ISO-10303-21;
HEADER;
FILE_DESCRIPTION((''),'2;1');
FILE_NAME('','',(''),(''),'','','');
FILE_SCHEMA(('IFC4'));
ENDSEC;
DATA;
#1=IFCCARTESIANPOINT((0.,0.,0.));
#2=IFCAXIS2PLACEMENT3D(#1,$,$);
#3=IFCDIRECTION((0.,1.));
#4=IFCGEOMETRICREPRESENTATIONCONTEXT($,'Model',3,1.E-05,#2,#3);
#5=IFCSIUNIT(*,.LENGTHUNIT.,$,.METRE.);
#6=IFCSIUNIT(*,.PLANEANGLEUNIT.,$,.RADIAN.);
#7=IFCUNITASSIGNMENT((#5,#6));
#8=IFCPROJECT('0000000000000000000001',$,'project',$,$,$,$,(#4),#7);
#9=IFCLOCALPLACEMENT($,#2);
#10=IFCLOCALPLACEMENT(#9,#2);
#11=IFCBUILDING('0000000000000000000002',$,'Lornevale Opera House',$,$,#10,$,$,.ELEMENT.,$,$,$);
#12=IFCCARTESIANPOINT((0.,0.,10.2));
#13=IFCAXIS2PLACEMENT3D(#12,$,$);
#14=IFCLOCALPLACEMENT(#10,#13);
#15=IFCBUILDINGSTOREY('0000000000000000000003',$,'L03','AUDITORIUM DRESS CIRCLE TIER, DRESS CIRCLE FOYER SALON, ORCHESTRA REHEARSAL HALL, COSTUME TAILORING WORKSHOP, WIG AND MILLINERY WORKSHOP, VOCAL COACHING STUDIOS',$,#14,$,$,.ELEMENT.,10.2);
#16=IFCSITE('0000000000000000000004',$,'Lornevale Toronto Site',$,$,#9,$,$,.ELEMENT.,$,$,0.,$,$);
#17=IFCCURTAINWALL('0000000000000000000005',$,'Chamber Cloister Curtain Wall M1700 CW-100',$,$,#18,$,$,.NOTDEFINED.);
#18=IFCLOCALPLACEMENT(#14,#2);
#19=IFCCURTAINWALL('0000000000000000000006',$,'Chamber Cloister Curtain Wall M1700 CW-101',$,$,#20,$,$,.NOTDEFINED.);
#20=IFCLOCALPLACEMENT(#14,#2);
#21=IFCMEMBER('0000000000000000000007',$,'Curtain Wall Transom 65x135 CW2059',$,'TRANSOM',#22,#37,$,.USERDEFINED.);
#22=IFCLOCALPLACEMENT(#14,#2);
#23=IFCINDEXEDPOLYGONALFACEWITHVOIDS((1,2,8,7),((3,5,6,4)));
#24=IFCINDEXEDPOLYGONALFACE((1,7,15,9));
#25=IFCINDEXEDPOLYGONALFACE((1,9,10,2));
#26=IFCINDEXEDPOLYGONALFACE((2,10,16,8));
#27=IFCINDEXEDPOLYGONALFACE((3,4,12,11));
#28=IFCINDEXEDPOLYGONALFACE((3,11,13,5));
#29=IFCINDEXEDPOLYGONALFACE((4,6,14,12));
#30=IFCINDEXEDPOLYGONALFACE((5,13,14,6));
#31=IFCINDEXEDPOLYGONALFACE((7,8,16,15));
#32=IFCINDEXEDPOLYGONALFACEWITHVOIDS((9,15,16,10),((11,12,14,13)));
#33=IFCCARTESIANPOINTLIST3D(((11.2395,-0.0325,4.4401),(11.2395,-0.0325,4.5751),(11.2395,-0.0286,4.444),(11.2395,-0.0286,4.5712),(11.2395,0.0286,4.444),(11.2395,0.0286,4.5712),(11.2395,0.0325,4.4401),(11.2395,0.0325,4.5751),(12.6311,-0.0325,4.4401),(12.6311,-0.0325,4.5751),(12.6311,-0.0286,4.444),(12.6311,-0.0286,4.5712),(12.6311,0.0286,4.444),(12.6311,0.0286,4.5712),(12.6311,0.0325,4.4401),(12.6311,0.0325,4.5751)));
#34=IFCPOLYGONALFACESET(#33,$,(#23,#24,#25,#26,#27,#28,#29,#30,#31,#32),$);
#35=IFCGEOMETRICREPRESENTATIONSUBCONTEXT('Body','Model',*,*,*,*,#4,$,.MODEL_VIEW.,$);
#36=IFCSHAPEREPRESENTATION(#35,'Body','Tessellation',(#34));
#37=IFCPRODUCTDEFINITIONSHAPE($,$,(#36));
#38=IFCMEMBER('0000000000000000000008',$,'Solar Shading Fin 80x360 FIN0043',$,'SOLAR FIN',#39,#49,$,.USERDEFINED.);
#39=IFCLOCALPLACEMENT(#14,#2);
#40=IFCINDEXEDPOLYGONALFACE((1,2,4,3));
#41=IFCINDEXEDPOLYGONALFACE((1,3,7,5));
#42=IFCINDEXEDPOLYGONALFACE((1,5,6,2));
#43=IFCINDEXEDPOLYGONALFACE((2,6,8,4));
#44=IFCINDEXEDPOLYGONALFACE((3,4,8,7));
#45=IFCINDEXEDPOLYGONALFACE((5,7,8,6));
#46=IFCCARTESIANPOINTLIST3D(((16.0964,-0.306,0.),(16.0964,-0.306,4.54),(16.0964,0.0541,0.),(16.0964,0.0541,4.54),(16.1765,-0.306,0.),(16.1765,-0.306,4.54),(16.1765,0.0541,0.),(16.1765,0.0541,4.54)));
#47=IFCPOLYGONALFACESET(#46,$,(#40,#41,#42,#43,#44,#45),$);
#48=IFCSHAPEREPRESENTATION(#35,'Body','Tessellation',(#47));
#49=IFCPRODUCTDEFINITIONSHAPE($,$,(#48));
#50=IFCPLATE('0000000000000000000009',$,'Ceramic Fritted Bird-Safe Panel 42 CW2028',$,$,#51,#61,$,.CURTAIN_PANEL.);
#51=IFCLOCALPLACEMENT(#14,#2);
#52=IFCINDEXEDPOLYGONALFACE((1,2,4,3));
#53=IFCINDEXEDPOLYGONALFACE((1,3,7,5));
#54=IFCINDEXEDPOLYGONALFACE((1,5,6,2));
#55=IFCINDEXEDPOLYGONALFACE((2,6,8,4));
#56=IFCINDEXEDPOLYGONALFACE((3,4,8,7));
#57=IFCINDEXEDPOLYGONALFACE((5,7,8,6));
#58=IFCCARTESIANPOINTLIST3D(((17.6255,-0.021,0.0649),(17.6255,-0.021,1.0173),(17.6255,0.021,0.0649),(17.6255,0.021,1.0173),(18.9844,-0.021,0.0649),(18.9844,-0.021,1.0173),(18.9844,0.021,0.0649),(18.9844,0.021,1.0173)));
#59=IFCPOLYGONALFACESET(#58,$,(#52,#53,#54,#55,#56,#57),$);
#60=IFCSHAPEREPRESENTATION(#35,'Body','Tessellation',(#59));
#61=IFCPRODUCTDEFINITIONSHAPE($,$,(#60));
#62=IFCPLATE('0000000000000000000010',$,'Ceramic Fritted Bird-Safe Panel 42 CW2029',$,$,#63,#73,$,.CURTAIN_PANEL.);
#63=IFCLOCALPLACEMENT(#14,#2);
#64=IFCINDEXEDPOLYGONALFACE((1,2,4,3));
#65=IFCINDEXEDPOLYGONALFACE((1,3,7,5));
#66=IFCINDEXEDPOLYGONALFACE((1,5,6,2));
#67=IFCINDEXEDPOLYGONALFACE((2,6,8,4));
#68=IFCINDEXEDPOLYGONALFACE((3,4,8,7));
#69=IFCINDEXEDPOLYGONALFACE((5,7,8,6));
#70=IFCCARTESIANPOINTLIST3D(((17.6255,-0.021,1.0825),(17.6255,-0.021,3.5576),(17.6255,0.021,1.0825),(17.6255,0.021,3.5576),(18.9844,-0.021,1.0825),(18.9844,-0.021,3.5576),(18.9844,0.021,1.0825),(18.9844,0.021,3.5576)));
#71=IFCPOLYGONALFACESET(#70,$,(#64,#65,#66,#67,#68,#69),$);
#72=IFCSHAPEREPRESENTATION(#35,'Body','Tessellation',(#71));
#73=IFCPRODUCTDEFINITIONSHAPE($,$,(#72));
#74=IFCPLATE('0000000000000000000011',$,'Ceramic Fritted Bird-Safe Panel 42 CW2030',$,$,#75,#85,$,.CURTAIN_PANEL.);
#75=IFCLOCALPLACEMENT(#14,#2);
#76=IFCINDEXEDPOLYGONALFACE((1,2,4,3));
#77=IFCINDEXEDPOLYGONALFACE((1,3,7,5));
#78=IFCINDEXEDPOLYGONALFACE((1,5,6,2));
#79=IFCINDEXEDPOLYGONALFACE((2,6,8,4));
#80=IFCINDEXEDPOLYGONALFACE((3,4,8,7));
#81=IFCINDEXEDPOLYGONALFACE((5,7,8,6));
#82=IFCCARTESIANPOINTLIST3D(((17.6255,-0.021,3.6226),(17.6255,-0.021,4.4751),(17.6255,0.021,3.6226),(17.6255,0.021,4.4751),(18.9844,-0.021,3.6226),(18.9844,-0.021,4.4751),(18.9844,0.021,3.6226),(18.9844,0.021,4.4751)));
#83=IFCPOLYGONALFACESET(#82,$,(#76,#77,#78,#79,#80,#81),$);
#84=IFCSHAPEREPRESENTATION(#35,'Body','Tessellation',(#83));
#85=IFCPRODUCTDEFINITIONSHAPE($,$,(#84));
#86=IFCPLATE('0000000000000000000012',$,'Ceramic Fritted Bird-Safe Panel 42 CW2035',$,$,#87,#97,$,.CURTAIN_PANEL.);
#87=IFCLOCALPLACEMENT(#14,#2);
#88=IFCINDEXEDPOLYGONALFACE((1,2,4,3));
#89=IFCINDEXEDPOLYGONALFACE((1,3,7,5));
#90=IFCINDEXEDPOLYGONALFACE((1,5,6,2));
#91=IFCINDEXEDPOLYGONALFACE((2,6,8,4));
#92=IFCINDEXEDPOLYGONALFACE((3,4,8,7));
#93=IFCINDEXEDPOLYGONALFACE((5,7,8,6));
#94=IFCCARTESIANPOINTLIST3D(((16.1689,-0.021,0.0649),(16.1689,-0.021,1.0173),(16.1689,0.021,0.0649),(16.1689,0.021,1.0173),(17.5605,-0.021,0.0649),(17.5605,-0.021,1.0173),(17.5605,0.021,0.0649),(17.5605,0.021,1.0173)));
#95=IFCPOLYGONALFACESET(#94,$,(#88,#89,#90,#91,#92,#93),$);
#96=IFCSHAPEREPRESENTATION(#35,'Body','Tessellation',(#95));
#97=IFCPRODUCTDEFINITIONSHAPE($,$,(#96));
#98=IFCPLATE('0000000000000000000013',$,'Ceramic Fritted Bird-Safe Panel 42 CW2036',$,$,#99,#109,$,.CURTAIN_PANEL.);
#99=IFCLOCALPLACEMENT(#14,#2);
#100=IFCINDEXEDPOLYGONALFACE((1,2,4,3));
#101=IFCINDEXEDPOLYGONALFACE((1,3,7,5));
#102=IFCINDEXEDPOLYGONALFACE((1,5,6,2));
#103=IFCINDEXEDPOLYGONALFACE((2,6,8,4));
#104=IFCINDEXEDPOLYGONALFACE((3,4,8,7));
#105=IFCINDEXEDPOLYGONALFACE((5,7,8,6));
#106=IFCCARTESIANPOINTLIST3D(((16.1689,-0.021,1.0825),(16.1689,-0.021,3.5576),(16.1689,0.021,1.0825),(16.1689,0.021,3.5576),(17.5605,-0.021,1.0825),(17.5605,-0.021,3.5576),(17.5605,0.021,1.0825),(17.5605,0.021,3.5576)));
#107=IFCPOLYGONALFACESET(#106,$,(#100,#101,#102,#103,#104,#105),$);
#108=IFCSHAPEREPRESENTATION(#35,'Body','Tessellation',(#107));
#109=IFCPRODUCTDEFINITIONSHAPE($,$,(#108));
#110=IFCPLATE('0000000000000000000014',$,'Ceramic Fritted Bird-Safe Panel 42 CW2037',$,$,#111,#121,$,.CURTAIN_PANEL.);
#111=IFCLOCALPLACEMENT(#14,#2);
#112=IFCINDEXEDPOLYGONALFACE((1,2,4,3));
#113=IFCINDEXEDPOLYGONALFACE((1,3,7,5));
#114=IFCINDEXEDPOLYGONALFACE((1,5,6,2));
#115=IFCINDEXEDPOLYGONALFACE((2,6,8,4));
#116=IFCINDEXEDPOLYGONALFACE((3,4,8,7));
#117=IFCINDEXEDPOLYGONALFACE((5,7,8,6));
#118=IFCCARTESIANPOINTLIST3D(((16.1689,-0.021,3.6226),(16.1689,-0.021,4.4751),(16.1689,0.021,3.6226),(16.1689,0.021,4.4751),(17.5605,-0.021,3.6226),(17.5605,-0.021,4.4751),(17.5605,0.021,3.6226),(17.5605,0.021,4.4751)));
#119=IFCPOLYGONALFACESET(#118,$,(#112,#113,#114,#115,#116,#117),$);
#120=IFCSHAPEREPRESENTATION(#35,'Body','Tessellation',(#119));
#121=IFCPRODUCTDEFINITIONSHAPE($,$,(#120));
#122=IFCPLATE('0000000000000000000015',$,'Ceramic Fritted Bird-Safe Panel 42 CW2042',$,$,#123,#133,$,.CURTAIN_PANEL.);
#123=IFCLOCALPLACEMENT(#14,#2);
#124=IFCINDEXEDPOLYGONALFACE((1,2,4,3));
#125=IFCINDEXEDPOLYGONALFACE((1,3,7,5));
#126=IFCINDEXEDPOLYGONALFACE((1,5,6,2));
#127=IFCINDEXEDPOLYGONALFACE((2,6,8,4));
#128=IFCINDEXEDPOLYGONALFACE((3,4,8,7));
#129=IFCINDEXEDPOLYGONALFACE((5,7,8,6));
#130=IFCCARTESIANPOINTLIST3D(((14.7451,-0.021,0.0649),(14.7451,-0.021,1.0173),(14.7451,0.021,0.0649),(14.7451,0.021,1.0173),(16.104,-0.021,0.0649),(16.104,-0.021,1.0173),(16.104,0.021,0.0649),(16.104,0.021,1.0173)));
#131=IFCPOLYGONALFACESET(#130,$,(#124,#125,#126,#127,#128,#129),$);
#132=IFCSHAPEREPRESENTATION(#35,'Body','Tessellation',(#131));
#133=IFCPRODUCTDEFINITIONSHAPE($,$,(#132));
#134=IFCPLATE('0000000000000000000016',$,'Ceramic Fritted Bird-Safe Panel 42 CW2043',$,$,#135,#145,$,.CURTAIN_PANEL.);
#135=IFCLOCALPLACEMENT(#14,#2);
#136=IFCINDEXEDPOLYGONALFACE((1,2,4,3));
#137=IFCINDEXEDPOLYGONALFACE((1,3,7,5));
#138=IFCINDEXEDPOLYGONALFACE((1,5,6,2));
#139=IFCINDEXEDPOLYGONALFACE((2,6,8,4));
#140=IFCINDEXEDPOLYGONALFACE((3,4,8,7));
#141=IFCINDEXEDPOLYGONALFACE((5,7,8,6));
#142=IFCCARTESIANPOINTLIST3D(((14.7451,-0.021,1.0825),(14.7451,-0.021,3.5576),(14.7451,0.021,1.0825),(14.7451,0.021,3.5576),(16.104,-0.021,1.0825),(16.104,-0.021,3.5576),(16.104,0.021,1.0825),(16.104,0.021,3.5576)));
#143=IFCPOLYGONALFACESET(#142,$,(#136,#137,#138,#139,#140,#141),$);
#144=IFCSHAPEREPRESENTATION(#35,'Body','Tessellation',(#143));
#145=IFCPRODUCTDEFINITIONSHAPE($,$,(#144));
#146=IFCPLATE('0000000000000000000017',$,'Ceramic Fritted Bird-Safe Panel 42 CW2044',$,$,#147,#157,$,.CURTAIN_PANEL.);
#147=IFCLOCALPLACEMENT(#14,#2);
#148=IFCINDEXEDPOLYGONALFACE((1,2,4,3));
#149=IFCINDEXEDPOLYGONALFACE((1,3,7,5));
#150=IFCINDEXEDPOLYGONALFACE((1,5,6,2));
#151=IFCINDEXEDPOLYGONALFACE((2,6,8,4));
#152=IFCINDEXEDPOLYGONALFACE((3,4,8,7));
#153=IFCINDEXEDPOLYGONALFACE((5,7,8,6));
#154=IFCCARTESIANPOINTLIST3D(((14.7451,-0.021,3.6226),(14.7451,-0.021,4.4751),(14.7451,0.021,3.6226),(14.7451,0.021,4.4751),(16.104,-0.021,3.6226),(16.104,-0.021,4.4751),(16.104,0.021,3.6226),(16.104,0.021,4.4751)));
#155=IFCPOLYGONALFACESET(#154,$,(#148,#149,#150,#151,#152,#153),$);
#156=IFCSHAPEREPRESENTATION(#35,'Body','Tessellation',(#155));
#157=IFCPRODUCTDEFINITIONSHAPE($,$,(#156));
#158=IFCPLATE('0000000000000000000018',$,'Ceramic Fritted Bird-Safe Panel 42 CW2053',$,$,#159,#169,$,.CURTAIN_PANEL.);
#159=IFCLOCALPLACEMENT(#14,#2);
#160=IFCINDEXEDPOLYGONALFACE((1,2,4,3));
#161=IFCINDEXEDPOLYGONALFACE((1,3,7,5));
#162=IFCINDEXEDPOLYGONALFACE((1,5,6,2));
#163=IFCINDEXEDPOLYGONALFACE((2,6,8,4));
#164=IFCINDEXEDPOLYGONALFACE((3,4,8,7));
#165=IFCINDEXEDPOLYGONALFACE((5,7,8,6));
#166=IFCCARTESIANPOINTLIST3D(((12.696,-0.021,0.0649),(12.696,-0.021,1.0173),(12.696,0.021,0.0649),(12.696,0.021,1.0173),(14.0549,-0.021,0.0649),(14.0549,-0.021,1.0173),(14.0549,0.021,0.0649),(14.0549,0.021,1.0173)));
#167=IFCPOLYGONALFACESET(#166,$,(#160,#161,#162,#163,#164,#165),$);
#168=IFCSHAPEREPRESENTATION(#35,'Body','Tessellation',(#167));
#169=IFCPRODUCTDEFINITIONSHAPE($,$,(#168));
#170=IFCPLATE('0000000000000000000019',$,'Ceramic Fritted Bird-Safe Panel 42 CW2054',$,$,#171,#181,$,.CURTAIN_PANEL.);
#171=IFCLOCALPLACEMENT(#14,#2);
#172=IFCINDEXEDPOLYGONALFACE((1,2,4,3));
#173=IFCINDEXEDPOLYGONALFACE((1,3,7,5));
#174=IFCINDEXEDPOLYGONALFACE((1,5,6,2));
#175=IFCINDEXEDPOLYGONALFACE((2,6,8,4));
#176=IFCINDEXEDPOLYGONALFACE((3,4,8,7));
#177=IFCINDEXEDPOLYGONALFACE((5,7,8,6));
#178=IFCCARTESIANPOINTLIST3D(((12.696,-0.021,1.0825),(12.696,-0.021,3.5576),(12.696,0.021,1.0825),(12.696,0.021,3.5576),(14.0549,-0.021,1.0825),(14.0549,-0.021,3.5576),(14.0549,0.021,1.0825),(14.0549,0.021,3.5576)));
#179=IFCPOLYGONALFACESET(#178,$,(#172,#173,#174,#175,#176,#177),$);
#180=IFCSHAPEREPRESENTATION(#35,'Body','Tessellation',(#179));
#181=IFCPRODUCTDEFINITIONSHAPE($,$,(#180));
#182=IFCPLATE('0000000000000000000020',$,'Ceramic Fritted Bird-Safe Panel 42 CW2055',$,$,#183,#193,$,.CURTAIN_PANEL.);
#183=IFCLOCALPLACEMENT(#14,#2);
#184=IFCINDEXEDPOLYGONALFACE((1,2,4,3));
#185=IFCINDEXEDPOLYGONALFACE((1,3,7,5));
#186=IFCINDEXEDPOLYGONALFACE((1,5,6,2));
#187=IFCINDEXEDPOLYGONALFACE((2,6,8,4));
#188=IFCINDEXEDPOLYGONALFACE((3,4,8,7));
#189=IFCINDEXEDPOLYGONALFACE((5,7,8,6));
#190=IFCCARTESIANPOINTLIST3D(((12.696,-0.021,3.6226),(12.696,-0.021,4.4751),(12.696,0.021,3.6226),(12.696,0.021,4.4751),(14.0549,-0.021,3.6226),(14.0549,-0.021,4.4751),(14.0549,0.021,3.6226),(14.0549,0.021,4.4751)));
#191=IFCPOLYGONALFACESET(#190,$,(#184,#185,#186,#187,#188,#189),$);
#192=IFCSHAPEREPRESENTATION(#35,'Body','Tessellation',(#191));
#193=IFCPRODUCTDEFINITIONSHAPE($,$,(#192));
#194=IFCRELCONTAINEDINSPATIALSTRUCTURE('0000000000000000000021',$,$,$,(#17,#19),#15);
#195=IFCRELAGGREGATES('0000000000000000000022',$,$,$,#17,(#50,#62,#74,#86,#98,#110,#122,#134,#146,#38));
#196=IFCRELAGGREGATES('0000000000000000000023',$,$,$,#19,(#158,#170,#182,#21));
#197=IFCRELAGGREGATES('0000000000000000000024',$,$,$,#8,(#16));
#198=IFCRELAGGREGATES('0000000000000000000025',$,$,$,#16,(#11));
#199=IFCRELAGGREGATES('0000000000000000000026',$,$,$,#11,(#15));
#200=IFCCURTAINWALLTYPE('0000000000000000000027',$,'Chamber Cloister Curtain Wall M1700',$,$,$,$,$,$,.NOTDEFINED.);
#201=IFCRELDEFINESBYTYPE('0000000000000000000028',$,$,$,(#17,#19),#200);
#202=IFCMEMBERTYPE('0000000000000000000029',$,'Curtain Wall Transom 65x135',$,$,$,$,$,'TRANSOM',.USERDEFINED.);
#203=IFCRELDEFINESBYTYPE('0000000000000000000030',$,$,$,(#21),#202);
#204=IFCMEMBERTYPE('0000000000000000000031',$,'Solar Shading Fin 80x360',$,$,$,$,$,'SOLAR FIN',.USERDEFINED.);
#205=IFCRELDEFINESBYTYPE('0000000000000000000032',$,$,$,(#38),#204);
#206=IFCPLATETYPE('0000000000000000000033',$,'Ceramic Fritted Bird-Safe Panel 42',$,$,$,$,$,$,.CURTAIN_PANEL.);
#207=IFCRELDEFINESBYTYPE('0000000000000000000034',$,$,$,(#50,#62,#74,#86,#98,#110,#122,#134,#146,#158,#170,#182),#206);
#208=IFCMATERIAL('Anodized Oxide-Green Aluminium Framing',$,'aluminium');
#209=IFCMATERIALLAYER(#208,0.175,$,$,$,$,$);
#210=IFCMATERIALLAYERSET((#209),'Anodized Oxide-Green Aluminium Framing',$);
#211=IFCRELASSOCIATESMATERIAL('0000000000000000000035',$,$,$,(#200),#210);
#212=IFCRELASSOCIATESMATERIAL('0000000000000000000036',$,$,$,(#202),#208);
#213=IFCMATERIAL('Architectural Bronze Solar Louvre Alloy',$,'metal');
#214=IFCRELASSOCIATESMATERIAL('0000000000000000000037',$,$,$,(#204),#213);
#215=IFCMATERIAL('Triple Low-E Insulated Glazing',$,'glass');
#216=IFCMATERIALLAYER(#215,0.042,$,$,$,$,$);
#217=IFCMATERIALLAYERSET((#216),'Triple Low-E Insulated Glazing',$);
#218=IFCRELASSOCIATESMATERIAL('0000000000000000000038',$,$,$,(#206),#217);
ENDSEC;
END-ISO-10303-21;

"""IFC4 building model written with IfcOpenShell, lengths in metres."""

from ifc_helpers import new_model, si_unit, direction, frame, origin, origin_2d, place, context, subcontext, project, spatial, rectangle, hollow_rectangle, extrude, material, layer, layer_set, material_profile, profile_set, type_object, element, aggregate, save


model = new_model("IFC4")

# Units and contexts
model_context = context("Model", 3, precision=1e-05, world=origin(), true_north=direction((0.0, 1.0)))
body_context = subcontext(model_context, "Body", "Model", "MODEL_VIEW")
ifc_project = project(units=[si_unit("LENGTHUNIT", "METRE"), si_unit("PLANEANGLEUNIT", "RADIAN")], contexts=[model_context])

# Site, building, storey
site_placement = place(None, origin())
site = spatial("IfcSite", under=ifc_project, at=site_placement, Name="Lornevale Toronto Site", CompositionType="ELEMENT", RefElevation=0.0)
building_placement = place(site_placement, origin())
building = spatial("IfcBuilding", under=site, at=building_placement, Name="Lornevale Opera House", CompositionType="ELEMENT")
storey_placement = place(building_placement, frame((0.0, 0.0, 10.2)))
storey = spatial("IfcBuildingStorey", under=building, at=storey_placement, Name="L03", Description="AUDITORIUM DRESS CIRCLE TIER, DRESS CIRCLE FOYER SALON, ORCHESTRA REHEARSAL HALL, COSTUME TAILORING WORKSHOP, WIG AND MILLINERY WORKSHOP, VOCAL COACHING STUDIOS", CompositionType="ELEMENT", Elevation=10.2)

# Curtain walls
ifc_material_1 = material(Name="Anodized Oxide-Green Aluminium Framing", Category="aluminium")
ifc_layer_1 = layer(ifc_material_1, 0.175)
ifc_layer_set_1 = layer_set([ifc_layer_1], Name="Anodized Oxide-Green Aluminium Framing")
curtain_wall_type = type_object("IfcCurtainWallType", Name="Chamber Cloister Curtain Wall M1700", PredefinedType="NOTDEFINED", material=ifc_layer_set_1)
curtain_wall_1_placement = place(storey_placement, origin())
curtain_wall_1 = element("IfcCurtainWall", 1, at=curtain_wall_1_placement, inside=storey, type_object=curtain_wall_type, Name="Chamber Cloister Curtain Wall M1700 CW-100", PredefinedType="NOTDEFINED")
curtain_wall_2_placement = place(storey_placement, origin())
curtain_wall_2 = element("IfcCurtainWall", 2, at=curtain_wall_2_placement, inside=storey, type_object=curtain_wall_type, Name="Chamber Cloister Curtain Wall M1700 CW-101", PredefinedType="NOTDEFINED")

# Members
ifc_material_profile_1 = material_profile(ifc_material_1, hollow_rectangle(XDim=0.0649, YDim=0.135, WallThickness=0.0039, at=origin_2d()), Name="ALU65x135x4")
ifc_profile_set_1 = profile_set([ifc_material_profile_1], Name="Anodized Oxide-Green Aluminium Framing")
member_type_1 = type_object("IfcMemberType", Name="Curtain Wall Transom 65x135", ElementType="TRANSOM", PredefinedType="USERDEFINED", material=ifc_profile_set_1)
member_1_placement = place(storey_placement, frame((12.6311, 0.0, 4.5076), z_axis=(-1.0, 0.0, 0.0), x_axis=(0.0, -1.0, 0.0)))
member_1 = element("IfcMember", 3, at=member_1_placement, type_object=member_type_1, Name="Curtain Wall Transom 65x135 CW2059", ObjectType="TRANSOM", PredefinedType="USERDEFINED", context=body_context, shape_type="SweptSolid", body=[
    extrude(hollow_rectangle(XDim=0.0649, YDim=0.135, WallThickness=0.0039, at=origin_2d()), origin(), (0.0, 0.0, 1.0), 1.3916),
])
ifc_material_2 = material(Name="Architectural Bronze Solar Louvre Alloy", Category="metal")
ifc_material_profile_2 = material_profile(ifc_material_2, rectangle(XDim=0.0801, YDim=0.3601, at=origin_2d()), Name="FIN80x360")
ifc_profile_set_2 = profile_set([ifc_material_profile_2], Name="Architectural Bronze Solar Louvre Alloy")
member_type_2 = type_object("IfcMemberType", Name="Solar Shading Fin 80x360", ElementType="SOLAR FIN", PredefinedType="USERDEFINED", material=ifc_profile_set_2)
member_2_placement = place(storey_placement, frame((16.1365, -0.126, 0.0), z_axis=(0.0, 0.0, 1.0), x_axis=(-1.0, 0.0, 0.0)))
member_2 = element("IfcMember", 4, at=member_2_placement, type_object=member_type_2, Name="Solar Shading Fin 80x360 FIN0043", ObjectType="SOLAR FIN", PredefinedType="USERDEFINED", context=body_context, shape_type="SweptSolid", body=[
    extrude(rectangle(XDim=0.0801, YDim=0.3601, at=origin_2d()), origin(), (0.0, 0.0, 1.0), 4.54),
])

# Plates
ifc_material_3 = material(Name="Triple Low-E Insulated Glazing", Category="glass")
ifc_layer_2 = layer(ifc_material_3, 0.042)
ifc_layer_set_2 = layer_set([ifc_layer_2], Name="Triple Low-E Insulated Glazing")
plate_type_1 = type_object("IfcPlateType", Name="Ceramic Fritted Bird-Safe Panel 42", PredefinedType="CURTAIN_PANEL", material=ifc_layer_set_2)
plate_1_placement = place(storey_placement, frame((18.3049, 0.0, 0.0649), z_axis=(0.0, 0.0, 1.0), x_axis=(-1.0, 0.0, 0.0)))
plate_1 = element("IfcPlate", 5, at=plate_1_placement, type_object=plate_type_1, Name="Ceramic Fritted Bird-Safe Panel 42 CW2028", PredefinedType="CURTAIN_PANEL", context=body_context, shape_type="SweptSolid", body=[
    extrude(rectangle(XDim=1.3589, YDim=0.042, at=origin_2d()), origin(), (0.0, 0.0, 1.0), 0.9524),
])
plate_2_placement = place(storey_placement, frame((18.3049, 0.0, 1.0825), z_axis=(0.0, 0.0, 1.0), x_axis=(-1.0, 0.0, 0.0)))
plate_2 = element("IfcPlate", 6, at=plate_2_placement, type_object=plate_type_1, Name="Ceramic Fritted Bird-Safe Panel 42 CW2029", PredefinedType="CURTAIN_PANEL", context=body_context, shape_type="SweptSolid", body=[
    extrude(rectangle(XDim=1.3589, YDim=0.042, at=origin_2d()), origin(), (0.0, 0.0, 1.0), 2.4751),
])
plate_3_placement = place(storey_placement, frame((18.3049, 0.0, 3.6226), z_axis=(0.0, 0.0, 1.0), x_axis=(-1.0, 0.0, 0.0)))
plate_3 = element("IfcPlate", 7, at=plate_3_placement, type_object=plate_type_1, Name="Ceramic Fritted Bird-Safe Panel 42 CW2030", PredefinedType="CURTAIN_PANEL", context=body_context, shape_type="SweptSolid", body=[
    extrude(rectangle(XDim=1.3589, YDim=0.042, at=origin_2d()), origin(), (0.0, 0.0, 1.0), 0.8525),
])
plate_4_placement = place(storey_placement, frame((16.8647, 0.0, 0.0649), z_axis=(0.0, 0.0, 1.0), x_axis=(-1.0, 0.0, 0.0)))
plate_4 = element("IfcPlate", 8, at=plate_4_placement, type_object=plate_type_1, Name="Ceramic Fritted Bird-Safe Panel 42 CW2035", PredefinedType="CURTAIN_PANEL", context=body_context, shape_type="SweptSolid", body=[
    extrude(rectangle(XDim=1.3916, YDim=0.042, at=origin_2d()), origin(), (0.0, 0.0, 1.0), 0.9524),
])
plate_5_placement = place(storey_placement, frame((16.8647, 0.0, 1.0825), z_axis=(0.0, 0.0, 1.0), x_axis=(-1.0, 0.0, 0.0)))
plate_5 = element("IfcPlate", 9, at=plate_5_placement, type_object=plate_type_1, Name="Ceramic Fritted Bird-Safe Panel 42 CW2036", PredefinedType="CURTAIN_PANEL", context=body_context, shape_type="SweptSolid", body=[
    extrude(rectangle(XDim=1.3916, YDim=0.042, at=origin_2d()), origin(), (0.0, 0.0, 1.0), 2.4751),
])
plate_6_placement = place(storey_placement, frame((16.8647, 0.0, 3.6226), z_axis=(0.0, 0.0, 1.0), x_axis=(-1.0, 0.0, 0.0)))
plate_6 = element("IfcPlate", 10, at=plate_6_placement, type_object=plate_type_1, Name="Ceramic Fritted Bird-Safe Panel 42 CW2037", PredefinedType="CURTAIN_PANEL", context=body_context, shape_type="SweptSolid", body=[
    extrude(rectangle(XDim=1.3916, YDim=0.042, at=origin_2d()), origin(), (0.0, 0.0, 1.0), 0.8525),
])
plate_7_placement = place(storey_placement, frame((15.4246, 0.0, 0.0649), z_axis=(0.0, 0.0, 1.0), x_axis=(-1.0, 0.0, 0.0)))
plate_7 = element("IfcPlate", 11, at=plate_7_placement, type_object=plate_type_1, Name="Ceramic Fritted Bird-Safe Panel 42 CW2042", PredefinedType="CURTAIN_PANEL", context=body_context, shape_type="SweptSolid", body=[
    extrude(rectangle(XDim=1.3589, YDim=0.042, at=origin_2d()), origin(), (0.0, 0.0, 1.0), 0.9524),
])
plate_8_placement = place(storey_placement, frame((15.4246, 0.0, 1.0825), z_axis=(0.0, 0.0, 1.0), x_axis=(-1.0, 0.0, 0.0)))
plate_8 = element("IfcPlate", 12, at=plate_8_placement, type_object=plate_type_1, Name="Ceramic Fritted Bird-Safe Panel 42 CW2043", PredefinedType="CURTAIN_PANEL", context=body_context, shape_type="SweptSolid", body=[
    extrude(rectangle(XDim=1.3589, YDim=0.042, at=origin_2d()), origin(), (0.0, 0.0, 1.0), 2.4751),
])
plate_9_placement = place(storey_placement, frame((15.4246, 0.0, 3.6226), z_axis=(0.0, 0.0, 1.0), x_axis=(-1.0, 0.0, 0.0)))
plate_9 = element("IfcPlate", 13, at=plate_9_placement, type_object=plate_type_1, Name="Ceramic Fritted Bird-Safe Panel 42 CW2044", PredefinedType="CURTAIN_PANEL", context=body_context, shape_type="SweptSolid", body=[
    extrude(rectangle(XDim=1.3589, YDim=0.042, at=origin_2d()), origin(), (0.0, 0.0, 1.0), 0.8525),
])
aggregate(curtain_wall_1, [plate_1, plate_2, plate_3, plate_4, plate_5, plate_6, plate_7, plate_8, plate_9, member_2])
plate_10_placement = place(storey_placement, frame((13.3755, 0.0, 0.0649), z_axis=(0.0, 0.0, 1.0), x_axis=(-1.0, 0.0, 0.0)))
plate_10 = element("IfcPlate", 14, at=plate_10_placement, type_object=plate_type_1, Name="Ceramic Fritted Bird-Safe Panel 42 CW2053", PredefinedType="CURTAIN_PANEL", context=body_context, shape_type="SweptSolid", body=[
    extrude(rectangle(XDim=1.3589, YDim=0.042, at=origin_2d()), origin(), (0.0, 0.0, 1.0), 0.9524),
])
plate_11_placement = place(storey_placement, frame((13.3755, 0.0, 1.0825), z_axis=(0.0, 0.0, 1.0), x_axis=(-1.0, 0.0, 0.0)))
plate_11 = element("IfcPlate", 15, at=plate_11_placement, type_object=plate_type_1, Name="Ceramic Fritted Bird-Safe Panel 42 CW2054", PredefinedType="CURTAIN_PANEL", context=body_context, shape_type="SweptSolid", body=[
    extrude(rectangle(XDim=1.3589, YDim=0.042, at=origin_2d()), origin(), (0.0, 0.0, 1.0), 2.4751),
])
plate_12_placement = place(storey_placement, frame((13.3755, 0.0, 3.6226), z_axis=(0.0, 0.0, 1.0), x_axis=(-1.0, 0.0, 0.0)))
plate_12 = element("IfcPlate", 16, at=plate_12_placement, type_object=plate_type_1, Name="Ceramic Fritted Bird-Safe Panel 42 CW2055", PredefinedType="CURTAIN_PANEL", context=body_context, shape_type="SweptSolid", body=[
    extrude(rectangle(XDim=1.3589, YDim=0.042, at=origin_2d()), origin(), (0.0, 0.0, 1.0), 0.8525),
])
aggregate(curtain_wall_2, [plate_10, plate_11, plate_12, member_1])

save(model, "model.ifc")
